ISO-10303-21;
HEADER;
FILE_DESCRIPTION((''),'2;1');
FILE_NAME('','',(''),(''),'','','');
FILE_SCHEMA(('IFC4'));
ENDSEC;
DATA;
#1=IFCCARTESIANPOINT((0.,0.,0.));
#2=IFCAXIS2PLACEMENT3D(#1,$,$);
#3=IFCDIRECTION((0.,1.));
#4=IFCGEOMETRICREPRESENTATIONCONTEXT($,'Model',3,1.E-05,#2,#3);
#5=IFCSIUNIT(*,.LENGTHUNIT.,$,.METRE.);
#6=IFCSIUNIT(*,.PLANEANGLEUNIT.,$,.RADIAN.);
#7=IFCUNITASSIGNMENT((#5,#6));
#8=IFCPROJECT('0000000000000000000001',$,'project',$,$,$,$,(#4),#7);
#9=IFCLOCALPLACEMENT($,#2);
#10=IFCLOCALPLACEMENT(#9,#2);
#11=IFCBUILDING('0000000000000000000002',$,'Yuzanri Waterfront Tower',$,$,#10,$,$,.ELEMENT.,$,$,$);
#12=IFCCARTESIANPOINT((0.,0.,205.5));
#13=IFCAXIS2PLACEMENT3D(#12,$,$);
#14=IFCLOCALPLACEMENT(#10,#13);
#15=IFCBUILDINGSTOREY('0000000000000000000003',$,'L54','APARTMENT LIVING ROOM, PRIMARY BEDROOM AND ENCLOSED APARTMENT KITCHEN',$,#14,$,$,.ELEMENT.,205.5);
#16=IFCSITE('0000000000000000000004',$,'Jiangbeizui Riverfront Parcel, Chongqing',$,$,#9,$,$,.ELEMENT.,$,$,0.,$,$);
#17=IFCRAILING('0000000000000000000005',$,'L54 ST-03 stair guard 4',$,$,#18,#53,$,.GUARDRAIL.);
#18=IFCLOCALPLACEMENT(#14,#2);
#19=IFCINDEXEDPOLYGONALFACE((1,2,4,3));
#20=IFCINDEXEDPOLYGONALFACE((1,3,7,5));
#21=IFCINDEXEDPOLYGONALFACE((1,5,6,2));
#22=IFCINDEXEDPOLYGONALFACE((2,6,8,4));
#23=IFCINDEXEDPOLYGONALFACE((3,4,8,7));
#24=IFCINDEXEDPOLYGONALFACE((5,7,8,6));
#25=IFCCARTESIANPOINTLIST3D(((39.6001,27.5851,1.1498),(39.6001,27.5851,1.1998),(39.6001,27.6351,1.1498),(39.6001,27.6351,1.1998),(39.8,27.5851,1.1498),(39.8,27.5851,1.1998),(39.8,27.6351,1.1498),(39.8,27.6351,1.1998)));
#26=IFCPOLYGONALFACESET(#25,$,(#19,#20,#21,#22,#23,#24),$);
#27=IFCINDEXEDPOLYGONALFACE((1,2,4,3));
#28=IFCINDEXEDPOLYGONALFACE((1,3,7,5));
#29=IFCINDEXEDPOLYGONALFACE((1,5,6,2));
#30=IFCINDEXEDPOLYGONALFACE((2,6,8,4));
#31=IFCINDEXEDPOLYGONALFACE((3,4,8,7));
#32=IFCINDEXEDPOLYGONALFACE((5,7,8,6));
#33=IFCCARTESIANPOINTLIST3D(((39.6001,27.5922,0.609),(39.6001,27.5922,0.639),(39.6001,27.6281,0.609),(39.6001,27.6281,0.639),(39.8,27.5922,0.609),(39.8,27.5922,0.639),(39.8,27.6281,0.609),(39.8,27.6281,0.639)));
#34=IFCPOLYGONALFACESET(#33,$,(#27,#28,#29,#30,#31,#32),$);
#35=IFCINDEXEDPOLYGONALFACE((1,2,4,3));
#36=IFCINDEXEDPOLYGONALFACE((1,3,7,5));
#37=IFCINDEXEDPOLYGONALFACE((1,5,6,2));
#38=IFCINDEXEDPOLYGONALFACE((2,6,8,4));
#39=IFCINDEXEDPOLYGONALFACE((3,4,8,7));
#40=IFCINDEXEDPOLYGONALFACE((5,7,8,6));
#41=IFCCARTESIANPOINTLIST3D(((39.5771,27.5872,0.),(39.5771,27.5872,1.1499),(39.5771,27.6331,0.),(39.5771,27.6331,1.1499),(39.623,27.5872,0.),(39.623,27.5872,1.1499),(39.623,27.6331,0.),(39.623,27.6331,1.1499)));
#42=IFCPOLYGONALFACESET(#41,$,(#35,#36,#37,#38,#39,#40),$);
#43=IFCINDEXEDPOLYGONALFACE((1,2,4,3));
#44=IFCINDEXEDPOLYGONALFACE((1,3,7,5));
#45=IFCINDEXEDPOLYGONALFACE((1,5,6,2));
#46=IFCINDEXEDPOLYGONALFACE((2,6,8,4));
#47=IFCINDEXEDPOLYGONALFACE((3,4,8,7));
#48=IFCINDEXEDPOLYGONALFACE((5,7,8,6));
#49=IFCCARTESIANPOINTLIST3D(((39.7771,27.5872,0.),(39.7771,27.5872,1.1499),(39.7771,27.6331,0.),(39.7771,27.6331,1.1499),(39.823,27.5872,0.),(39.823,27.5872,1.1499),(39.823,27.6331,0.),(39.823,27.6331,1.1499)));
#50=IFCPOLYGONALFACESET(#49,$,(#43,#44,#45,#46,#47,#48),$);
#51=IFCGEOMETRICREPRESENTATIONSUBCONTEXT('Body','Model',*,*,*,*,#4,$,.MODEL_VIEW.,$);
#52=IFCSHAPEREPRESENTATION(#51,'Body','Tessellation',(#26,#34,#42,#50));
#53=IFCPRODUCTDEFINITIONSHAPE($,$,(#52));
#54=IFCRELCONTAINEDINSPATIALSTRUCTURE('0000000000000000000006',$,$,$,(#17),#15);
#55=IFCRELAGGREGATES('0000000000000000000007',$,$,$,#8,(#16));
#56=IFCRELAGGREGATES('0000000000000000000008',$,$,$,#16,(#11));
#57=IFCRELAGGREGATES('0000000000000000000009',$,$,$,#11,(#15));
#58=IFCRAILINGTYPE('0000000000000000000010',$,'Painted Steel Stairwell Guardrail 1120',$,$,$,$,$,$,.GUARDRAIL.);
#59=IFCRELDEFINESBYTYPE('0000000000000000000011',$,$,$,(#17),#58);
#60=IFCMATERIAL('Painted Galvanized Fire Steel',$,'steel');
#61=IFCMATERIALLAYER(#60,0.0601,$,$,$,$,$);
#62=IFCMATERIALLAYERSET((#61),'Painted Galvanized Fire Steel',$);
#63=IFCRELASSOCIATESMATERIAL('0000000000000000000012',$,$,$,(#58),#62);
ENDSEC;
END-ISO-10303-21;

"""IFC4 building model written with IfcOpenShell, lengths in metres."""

from ifc_helpers import new_model, si_unit, direction, frame, origin, origin_2d, place, context, subcontext, project, spatial, rectangle, extrude, source, transform, mapped, material, layer, layer_set, type_object, element, save


model = new_model("IFC4")

# Units and contexts
model_context = context("Model", 3, precision=1e-05, world=origin(), true_north=direction((0.0, 1.0)))
body_context = subcontext(model_context, "Body", "Model", "MODEL_VIEW")
ifc_project = project(units=[si_unit("LENGTHUNIT", "METRE"), si_unit("PLANEANGLEUNIT", "RADIAN")], contexts=[model_context])

# Site, building, storey
site_placement = place(None, origin())
site = spatial("IfcSite", under=ifc_project, at=site_placement, Name="Jiangbeizui Riverfront Parcel, Chongqing", CompositionType="ELEMENT", RefElevation=0.0)
building_placement = place(site_placement, origin())
building = spatial("IfcBuilding", under=site, at=building_placement, Name="Yuzanri Waterfront Tower", CompositionType="ELEMENT")
storey_placement = place(building_placement, frame((0.0, 0.0, 205.5)))
storey = spatial("IfcBuildingStorey", under=building, at=storey_placement, Name="L54", Description="APARTMENT LIVING ROOM, PRIMARY BEDROOM AND ENCLOSED APARTMENT KITCHEN", CompositionType="ELEMENT", Elevation=205.5)

# Railing
ifc_material_1 = material(Name="Painted Galvanized Fire Steel", Category="steel")
ifc_layer_1 = layer(ifc_material_1, 0.0601)
ifc_layer_set_1 = layer_set([ifc_layer_1], Name="Painted Galvanized Fire Steel")
railing_type_1 = type_object("IfcRailingType", Name="Painted Steel Stairwell Guardrail 1120", PredefinedType="GUARDRAIL", material=ifc_layer_set_1)
shared_shape_1 = source(origin(), body_context, "Body", "SweptSolid", [
    extrude(rectangle(XDim=0.05, YDim=0.05, at=origin_2d()), frame((0.0, 0.0, 1.1748), z_axis=(1.0, 0.0, 0.0), x_axis=(0.0, 1.0, 0.0)), (0.0, 0.0, 1.0), 0.2),
    extrude(rectangle(XDim=0.0359, YDim=0.03, at=origin_2d()), frame((0.0, 0.0, 0.624), z_axis=(1.0, 0.0, 0.0), x_axis=(0.0, 1.0, 0.0)), (0.0, 0.0, 1.0), 0.2),
    extrude(rectangle(XDim=0.0459, YDim=0.0459, at=origin_2d()), origin(), (0.0, 0.0, 1.0), 1.1499),
    extrude(rectangle(XDim=0.0459, YDim=0.0459, at=origin_2d()), frame((0.2, 0.0, 0.0)), (0.0, 0.0, 1.0), 1.1499),
])
railing_1_placement = place(storey_placement, frame((39.6001, 27.6101, 0.0)))
element("IfcRailing", 1, at=railing_1_placement, inside=storey, type_object=railing_type_1, Name="L54 ST-03 stair guard 4", PredefinedType="GUARDRAIL", context=body_context, shape_type="MappedRepresentation", body=[
    mapped(shared_shape_1, transform((0.0, 0.0, 0.0), scale=1.0)),
])

save(model, "model.ifc")
